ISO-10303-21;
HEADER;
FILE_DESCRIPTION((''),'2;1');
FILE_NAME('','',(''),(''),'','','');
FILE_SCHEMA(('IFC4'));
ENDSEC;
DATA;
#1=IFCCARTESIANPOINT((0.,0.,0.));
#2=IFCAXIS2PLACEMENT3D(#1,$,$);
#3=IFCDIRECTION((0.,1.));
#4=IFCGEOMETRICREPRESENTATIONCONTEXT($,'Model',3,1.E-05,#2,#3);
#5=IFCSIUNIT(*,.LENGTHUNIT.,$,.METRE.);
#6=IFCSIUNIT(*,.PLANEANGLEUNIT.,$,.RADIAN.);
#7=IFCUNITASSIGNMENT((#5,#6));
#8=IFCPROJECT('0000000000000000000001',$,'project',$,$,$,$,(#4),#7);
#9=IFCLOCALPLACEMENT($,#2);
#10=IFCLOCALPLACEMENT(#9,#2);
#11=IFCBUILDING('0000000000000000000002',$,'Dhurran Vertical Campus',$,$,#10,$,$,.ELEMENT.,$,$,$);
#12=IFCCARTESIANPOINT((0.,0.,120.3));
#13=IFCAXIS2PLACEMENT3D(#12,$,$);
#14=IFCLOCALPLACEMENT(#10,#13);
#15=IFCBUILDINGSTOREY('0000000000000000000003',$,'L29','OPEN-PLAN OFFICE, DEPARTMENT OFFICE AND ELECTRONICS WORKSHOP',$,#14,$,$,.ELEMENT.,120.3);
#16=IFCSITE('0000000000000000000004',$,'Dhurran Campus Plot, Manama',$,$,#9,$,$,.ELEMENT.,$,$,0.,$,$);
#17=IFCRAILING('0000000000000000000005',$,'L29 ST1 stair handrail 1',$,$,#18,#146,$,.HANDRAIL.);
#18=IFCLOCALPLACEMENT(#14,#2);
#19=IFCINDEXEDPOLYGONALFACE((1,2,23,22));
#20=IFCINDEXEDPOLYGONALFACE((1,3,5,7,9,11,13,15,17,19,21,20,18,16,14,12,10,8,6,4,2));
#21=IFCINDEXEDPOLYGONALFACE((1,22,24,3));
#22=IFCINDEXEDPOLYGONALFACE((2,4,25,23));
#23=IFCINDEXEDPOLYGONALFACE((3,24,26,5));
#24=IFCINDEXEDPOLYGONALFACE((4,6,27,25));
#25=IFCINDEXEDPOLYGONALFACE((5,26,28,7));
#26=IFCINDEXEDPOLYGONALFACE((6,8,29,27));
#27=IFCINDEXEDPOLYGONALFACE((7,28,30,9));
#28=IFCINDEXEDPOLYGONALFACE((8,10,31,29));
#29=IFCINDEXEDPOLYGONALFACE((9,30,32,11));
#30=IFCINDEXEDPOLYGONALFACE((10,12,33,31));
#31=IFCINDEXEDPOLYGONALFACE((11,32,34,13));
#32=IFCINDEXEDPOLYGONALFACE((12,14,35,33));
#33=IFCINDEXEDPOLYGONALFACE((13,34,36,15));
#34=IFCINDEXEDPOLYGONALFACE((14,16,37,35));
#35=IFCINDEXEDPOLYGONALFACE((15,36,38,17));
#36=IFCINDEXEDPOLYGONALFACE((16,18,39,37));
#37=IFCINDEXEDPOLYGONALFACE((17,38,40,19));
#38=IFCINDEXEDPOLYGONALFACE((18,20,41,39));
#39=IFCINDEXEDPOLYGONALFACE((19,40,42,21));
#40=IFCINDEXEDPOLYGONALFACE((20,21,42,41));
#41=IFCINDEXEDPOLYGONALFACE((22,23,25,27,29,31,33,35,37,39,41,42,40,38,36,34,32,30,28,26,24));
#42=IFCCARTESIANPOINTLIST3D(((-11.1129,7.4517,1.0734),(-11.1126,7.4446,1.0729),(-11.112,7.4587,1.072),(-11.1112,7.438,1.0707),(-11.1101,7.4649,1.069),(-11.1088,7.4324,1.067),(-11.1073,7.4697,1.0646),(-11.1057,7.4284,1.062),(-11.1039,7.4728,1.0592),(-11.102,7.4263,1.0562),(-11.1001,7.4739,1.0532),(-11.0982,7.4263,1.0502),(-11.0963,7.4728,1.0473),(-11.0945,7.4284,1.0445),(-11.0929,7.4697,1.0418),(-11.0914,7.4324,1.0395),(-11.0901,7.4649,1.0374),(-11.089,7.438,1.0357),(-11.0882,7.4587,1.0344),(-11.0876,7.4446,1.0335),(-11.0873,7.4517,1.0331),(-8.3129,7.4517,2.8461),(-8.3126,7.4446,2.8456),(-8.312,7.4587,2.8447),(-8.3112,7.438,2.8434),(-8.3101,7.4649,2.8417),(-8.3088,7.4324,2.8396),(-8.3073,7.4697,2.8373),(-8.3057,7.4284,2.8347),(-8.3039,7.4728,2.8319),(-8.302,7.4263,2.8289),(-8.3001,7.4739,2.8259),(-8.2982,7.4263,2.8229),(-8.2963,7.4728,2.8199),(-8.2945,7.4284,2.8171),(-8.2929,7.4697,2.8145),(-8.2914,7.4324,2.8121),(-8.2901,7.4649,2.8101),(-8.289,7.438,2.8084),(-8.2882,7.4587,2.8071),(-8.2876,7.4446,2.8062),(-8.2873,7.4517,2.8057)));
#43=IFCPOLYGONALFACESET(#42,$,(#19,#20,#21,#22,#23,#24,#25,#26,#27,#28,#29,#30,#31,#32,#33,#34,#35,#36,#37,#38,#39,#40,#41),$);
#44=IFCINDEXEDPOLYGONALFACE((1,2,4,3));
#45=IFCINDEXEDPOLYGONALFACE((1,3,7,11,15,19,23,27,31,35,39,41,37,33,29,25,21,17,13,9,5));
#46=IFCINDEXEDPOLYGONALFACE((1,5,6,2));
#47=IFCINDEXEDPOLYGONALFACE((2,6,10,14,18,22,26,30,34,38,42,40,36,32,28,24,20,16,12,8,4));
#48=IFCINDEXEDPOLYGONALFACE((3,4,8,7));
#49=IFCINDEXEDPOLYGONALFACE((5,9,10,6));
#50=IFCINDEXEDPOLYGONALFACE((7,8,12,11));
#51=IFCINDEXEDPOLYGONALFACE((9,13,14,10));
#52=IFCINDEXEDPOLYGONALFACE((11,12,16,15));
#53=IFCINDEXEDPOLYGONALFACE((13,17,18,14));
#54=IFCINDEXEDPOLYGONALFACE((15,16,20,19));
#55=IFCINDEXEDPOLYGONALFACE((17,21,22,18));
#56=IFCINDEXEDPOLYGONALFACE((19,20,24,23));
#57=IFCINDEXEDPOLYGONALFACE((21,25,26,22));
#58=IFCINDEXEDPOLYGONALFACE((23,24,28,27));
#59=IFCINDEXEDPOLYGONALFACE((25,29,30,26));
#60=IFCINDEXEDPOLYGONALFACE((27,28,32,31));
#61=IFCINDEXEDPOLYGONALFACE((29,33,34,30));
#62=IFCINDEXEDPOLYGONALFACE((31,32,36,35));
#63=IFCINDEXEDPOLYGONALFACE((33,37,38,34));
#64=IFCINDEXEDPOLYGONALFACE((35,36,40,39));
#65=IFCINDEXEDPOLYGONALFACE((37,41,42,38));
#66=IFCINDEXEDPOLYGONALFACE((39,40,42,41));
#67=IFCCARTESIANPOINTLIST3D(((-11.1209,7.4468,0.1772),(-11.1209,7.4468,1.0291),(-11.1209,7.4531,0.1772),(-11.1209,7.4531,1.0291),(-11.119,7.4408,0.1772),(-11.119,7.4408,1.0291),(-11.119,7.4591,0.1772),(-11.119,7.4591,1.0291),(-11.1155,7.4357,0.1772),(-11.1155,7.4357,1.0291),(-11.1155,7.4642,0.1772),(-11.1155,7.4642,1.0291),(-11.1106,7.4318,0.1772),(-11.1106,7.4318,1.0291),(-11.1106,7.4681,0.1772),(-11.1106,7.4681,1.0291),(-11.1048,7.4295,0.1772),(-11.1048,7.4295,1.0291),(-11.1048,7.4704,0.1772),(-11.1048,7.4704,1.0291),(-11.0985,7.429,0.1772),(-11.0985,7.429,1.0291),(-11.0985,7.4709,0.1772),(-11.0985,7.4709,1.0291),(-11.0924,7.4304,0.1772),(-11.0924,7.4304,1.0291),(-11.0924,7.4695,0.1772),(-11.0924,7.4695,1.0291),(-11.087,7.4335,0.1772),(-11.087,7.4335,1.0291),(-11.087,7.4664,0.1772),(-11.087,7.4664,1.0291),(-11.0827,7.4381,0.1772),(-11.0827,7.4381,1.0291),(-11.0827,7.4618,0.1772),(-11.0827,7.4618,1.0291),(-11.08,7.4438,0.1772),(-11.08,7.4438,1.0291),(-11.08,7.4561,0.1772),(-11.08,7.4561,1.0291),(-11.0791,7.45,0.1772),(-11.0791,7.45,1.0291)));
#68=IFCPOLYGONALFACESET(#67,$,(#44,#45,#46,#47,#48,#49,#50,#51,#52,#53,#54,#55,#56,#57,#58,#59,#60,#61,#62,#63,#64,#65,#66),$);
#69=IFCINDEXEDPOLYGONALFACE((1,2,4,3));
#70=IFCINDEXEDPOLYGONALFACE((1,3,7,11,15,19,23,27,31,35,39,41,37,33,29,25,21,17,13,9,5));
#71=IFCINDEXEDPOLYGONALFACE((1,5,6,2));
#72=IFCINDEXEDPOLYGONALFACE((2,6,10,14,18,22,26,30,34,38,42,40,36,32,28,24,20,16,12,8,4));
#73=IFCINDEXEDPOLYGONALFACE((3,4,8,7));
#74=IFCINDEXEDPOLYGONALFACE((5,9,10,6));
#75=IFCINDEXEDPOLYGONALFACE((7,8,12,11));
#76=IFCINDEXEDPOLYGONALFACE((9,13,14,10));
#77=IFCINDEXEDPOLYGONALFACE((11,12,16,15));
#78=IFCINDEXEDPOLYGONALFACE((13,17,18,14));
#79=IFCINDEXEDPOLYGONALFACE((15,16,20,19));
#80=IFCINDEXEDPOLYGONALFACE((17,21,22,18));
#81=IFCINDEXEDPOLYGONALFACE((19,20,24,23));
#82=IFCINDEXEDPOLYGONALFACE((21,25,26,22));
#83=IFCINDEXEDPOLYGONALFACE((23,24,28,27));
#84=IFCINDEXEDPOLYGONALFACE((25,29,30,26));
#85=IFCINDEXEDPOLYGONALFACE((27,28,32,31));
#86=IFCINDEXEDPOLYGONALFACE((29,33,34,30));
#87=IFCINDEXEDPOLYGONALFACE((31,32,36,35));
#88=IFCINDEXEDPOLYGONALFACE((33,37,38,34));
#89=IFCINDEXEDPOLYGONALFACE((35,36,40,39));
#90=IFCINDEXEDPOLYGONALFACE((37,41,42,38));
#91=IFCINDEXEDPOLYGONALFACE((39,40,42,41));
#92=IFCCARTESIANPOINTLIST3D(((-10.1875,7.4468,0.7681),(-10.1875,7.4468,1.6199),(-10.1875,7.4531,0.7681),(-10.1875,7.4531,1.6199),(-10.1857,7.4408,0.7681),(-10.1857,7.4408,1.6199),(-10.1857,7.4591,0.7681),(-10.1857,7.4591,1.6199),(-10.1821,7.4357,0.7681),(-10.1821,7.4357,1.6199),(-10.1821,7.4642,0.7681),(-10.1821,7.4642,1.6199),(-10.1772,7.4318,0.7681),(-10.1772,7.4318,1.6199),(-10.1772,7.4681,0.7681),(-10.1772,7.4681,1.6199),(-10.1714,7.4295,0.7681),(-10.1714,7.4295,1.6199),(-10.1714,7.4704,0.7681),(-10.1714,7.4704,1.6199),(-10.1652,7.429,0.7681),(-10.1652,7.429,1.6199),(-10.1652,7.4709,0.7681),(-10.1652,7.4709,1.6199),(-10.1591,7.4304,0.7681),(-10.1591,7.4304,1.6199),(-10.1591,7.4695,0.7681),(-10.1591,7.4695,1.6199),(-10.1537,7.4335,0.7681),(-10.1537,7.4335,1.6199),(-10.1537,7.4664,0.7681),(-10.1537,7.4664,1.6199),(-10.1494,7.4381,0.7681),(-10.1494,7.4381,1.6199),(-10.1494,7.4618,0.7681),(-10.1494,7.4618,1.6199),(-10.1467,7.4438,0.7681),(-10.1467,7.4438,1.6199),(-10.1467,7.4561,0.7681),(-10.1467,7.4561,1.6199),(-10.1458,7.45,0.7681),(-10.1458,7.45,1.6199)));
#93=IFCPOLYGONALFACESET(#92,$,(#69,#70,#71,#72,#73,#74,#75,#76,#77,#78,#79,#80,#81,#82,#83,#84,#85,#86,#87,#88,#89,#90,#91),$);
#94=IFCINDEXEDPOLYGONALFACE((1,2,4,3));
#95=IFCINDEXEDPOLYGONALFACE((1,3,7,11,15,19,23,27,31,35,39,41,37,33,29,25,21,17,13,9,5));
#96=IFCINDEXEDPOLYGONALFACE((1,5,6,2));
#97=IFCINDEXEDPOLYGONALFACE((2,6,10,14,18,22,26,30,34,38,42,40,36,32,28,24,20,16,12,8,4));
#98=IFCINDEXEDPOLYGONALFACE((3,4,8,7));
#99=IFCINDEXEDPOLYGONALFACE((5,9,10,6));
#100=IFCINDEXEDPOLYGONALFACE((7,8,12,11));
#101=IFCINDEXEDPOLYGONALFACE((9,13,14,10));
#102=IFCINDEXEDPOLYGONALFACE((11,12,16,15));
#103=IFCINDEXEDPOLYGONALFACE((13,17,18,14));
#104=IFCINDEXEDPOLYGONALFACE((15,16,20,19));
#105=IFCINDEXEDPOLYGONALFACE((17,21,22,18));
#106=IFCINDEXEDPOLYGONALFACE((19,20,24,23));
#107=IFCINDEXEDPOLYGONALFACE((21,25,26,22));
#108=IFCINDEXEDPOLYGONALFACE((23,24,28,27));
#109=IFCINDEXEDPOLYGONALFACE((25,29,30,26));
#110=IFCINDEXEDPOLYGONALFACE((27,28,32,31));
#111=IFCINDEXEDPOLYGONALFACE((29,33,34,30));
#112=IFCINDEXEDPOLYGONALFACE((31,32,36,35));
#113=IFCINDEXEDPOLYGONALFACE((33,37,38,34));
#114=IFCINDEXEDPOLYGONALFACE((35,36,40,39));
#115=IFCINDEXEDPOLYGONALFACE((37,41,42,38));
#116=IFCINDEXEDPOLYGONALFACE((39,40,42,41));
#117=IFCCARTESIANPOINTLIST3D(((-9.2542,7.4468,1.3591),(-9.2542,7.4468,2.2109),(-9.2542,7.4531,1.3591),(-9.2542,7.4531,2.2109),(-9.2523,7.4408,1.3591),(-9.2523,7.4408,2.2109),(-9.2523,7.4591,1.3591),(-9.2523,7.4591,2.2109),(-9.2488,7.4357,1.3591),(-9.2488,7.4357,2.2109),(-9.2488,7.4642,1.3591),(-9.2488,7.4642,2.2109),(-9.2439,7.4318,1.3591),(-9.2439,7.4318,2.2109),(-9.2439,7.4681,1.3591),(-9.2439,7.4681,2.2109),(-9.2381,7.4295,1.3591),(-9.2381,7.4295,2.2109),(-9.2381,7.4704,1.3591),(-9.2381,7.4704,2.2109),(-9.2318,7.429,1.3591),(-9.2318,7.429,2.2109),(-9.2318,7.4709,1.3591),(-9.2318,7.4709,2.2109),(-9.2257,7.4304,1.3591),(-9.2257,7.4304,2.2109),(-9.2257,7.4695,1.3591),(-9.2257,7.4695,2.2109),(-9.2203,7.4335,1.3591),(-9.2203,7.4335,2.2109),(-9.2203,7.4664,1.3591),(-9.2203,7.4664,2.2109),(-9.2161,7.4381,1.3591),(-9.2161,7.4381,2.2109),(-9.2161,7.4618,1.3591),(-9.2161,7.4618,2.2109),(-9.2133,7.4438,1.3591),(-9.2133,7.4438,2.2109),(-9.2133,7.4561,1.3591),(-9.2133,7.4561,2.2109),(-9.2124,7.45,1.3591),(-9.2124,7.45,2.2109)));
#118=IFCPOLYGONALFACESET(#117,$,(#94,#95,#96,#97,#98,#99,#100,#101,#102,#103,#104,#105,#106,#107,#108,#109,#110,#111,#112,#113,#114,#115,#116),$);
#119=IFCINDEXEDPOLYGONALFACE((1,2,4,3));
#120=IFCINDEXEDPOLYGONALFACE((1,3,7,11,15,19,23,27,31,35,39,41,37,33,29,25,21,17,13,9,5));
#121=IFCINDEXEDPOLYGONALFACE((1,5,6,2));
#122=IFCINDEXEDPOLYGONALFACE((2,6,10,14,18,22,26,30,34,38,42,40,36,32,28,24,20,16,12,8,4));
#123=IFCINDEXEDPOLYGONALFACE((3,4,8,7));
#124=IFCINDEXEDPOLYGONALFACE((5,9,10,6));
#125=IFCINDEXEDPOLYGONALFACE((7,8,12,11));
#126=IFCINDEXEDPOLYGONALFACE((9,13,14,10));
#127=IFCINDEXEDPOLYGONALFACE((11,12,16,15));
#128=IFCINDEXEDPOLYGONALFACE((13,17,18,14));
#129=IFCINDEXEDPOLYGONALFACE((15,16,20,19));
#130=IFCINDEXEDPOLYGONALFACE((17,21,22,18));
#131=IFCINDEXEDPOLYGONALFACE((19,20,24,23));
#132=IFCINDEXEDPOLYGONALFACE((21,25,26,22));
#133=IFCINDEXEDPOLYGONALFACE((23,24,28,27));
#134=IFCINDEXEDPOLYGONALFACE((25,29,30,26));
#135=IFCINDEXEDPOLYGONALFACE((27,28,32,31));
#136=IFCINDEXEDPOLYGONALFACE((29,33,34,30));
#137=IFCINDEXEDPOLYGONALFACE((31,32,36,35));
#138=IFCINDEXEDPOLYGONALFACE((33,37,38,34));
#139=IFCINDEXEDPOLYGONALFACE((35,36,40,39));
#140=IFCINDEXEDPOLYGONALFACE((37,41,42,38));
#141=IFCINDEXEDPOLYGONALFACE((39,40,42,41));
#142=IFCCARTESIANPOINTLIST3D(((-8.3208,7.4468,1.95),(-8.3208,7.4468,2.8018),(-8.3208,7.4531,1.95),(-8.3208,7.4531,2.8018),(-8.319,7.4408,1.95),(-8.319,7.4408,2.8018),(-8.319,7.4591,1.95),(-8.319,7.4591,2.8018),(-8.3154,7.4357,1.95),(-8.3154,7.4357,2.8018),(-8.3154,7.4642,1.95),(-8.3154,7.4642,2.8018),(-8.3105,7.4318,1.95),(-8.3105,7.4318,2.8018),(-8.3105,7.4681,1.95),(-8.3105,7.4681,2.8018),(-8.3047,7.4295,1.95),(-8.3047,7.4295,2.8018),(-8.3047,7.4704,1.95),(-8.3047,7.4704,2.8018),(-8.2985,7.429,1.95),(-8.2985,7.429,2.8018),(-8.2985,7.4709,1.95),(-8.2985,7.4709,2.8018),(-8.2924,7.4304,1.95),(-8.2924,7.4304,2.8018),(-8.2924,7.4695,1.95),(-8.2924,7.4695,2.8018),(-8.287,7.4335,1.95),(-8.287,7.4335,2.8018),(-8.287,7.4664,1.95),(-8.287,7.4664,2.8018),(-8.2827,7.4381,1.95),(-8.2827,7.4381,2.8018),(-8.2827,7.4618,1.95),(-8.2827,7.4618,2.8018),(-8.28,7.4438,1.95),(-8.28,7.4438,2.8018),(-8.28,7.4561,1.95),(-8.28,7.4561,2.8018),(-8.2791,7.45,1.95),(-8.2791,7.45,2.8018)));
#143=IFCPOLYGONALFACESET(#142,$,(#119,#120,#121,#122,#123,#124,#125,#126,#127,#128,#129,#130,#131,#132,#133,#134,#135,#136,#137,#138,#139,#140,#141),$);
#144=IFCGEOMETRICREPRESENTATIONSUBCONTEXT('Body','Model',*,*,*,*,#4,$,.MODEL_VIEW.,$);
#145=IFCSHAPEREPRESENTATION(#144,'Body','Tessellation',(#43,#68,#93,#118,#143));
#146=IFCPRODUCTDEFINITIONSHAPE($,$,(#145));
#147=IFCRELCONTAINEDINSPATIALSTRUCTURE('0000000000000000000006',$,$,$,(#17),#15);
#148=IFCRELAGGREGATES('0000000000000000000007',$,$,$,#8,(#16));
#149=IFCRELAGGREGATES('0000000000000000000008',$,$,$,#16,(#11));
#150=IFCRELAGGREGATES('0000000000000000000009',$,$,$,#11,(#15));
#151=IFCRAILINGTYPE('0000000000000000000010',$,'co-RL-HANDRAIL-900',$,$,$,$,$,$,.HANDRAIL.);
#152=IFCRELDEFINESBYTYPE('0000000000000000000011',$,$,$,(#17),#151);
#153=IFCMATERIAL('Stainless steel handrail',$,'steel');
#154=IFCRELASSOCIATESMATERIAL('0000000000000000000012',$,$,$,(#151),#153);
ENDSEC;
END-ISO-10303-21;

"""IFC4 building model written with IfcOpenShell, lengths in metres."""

from ifc_helpers import new_model, si_unit, direction, frame, origin, origin_2d, place, context, subcontext, project, spatial, circle, extrude, material, type_object, element, save


model = new_model("IFC4")

# Units and contexts
model_context = context("Model", 3, precision=1e-05, world=origin(), true_north=direction((0.0, 1.0)))
body_context = subcontext(model_context, "Body", "Model", "MODEL_VIEW")
ifc_project = project(units=[si_unit("LENGTHUNIT", "METRE"), si_unit("PLANEANGLEUNIT", "RADIAN")], contexts=[model_context])

# Site, building, storey
site_placement = place(None, origin())
site = spatial("IfcSite", under=ifc_project, at=site_placement, Name="Dhurran Campus Plot, Manama", CompositionType="ELEMENT", RefElevation=0.0)
building_placement = place(site_placement, origin())
building = spatial("IfcBuilding", under=site, at=building_placement, Name="Dhurran Vertical Campus", CompositionType="ELEMENT")
storey_placement = place(building_placement, frame((0.0, 0.0, 120.3)))
storey = spatial("IfcBuildingStorey", under=building, at=storey_placement, Name="L29", Description="OPEN-PLAN OFFICE, DEPARTMENT OFFICE AND ELECTRONICS WORKSHOP", CompositionType="ELEMENT", Elevation=120.3)

# Railing
ifc_material_1 = material(Name="Stainless steel handrail", Category="steel")
railing_type_1 = type_object("IfcRailingType", Name="co-RL-HANDRAIL-900", PredefinedType="HANDRAIL", material=ifc_material_1)
railing_1_placement = place(storey_placement, frame((-11.1001, 7.45, 0.1772)))
element("IfcRailing", 1, at=railing_1_placement, inside=storey, type_object=railing_type_1, Name="L29 ST1 stair handrail 1", PredefinedType="HANDRAIL", context=body_context, shape_type="SweptSolid", body=[
    extrude(circle(Radius=0.0239, at=origin_2d()), frame((0.0, 0.0, 0.876), z_axis=(0.844909, 0.0, 0.53491), x_axis=(0.0, 1.0, 0.0)), (0.0, 0.0, 1.0), 3.314),
    extrude(circle(Radius=0.021, at=origin_2d()), origin(), (0.0, 0.0, 1.0), 0.8518),
    extrude(circle(Radius=0.021, at=origin_2d()), frame((0.9333, 0.0, 0.5908)), (0.0, 0.0, 1.0), 0.8518),
    extrude(circle(Radius=0.021, at=origin_2d()), frame((1.8667, 0.0, 1.1819)), (0.0, 0.0, 1.0), 0.8518),
    extrude(circle(Radius=0.021, at=origin_2d()), frame((2.8, 0.0, 1.7727)), (0.0, 0.0, 1.0), 0.8518),
])

save(model, "model.ifc")
